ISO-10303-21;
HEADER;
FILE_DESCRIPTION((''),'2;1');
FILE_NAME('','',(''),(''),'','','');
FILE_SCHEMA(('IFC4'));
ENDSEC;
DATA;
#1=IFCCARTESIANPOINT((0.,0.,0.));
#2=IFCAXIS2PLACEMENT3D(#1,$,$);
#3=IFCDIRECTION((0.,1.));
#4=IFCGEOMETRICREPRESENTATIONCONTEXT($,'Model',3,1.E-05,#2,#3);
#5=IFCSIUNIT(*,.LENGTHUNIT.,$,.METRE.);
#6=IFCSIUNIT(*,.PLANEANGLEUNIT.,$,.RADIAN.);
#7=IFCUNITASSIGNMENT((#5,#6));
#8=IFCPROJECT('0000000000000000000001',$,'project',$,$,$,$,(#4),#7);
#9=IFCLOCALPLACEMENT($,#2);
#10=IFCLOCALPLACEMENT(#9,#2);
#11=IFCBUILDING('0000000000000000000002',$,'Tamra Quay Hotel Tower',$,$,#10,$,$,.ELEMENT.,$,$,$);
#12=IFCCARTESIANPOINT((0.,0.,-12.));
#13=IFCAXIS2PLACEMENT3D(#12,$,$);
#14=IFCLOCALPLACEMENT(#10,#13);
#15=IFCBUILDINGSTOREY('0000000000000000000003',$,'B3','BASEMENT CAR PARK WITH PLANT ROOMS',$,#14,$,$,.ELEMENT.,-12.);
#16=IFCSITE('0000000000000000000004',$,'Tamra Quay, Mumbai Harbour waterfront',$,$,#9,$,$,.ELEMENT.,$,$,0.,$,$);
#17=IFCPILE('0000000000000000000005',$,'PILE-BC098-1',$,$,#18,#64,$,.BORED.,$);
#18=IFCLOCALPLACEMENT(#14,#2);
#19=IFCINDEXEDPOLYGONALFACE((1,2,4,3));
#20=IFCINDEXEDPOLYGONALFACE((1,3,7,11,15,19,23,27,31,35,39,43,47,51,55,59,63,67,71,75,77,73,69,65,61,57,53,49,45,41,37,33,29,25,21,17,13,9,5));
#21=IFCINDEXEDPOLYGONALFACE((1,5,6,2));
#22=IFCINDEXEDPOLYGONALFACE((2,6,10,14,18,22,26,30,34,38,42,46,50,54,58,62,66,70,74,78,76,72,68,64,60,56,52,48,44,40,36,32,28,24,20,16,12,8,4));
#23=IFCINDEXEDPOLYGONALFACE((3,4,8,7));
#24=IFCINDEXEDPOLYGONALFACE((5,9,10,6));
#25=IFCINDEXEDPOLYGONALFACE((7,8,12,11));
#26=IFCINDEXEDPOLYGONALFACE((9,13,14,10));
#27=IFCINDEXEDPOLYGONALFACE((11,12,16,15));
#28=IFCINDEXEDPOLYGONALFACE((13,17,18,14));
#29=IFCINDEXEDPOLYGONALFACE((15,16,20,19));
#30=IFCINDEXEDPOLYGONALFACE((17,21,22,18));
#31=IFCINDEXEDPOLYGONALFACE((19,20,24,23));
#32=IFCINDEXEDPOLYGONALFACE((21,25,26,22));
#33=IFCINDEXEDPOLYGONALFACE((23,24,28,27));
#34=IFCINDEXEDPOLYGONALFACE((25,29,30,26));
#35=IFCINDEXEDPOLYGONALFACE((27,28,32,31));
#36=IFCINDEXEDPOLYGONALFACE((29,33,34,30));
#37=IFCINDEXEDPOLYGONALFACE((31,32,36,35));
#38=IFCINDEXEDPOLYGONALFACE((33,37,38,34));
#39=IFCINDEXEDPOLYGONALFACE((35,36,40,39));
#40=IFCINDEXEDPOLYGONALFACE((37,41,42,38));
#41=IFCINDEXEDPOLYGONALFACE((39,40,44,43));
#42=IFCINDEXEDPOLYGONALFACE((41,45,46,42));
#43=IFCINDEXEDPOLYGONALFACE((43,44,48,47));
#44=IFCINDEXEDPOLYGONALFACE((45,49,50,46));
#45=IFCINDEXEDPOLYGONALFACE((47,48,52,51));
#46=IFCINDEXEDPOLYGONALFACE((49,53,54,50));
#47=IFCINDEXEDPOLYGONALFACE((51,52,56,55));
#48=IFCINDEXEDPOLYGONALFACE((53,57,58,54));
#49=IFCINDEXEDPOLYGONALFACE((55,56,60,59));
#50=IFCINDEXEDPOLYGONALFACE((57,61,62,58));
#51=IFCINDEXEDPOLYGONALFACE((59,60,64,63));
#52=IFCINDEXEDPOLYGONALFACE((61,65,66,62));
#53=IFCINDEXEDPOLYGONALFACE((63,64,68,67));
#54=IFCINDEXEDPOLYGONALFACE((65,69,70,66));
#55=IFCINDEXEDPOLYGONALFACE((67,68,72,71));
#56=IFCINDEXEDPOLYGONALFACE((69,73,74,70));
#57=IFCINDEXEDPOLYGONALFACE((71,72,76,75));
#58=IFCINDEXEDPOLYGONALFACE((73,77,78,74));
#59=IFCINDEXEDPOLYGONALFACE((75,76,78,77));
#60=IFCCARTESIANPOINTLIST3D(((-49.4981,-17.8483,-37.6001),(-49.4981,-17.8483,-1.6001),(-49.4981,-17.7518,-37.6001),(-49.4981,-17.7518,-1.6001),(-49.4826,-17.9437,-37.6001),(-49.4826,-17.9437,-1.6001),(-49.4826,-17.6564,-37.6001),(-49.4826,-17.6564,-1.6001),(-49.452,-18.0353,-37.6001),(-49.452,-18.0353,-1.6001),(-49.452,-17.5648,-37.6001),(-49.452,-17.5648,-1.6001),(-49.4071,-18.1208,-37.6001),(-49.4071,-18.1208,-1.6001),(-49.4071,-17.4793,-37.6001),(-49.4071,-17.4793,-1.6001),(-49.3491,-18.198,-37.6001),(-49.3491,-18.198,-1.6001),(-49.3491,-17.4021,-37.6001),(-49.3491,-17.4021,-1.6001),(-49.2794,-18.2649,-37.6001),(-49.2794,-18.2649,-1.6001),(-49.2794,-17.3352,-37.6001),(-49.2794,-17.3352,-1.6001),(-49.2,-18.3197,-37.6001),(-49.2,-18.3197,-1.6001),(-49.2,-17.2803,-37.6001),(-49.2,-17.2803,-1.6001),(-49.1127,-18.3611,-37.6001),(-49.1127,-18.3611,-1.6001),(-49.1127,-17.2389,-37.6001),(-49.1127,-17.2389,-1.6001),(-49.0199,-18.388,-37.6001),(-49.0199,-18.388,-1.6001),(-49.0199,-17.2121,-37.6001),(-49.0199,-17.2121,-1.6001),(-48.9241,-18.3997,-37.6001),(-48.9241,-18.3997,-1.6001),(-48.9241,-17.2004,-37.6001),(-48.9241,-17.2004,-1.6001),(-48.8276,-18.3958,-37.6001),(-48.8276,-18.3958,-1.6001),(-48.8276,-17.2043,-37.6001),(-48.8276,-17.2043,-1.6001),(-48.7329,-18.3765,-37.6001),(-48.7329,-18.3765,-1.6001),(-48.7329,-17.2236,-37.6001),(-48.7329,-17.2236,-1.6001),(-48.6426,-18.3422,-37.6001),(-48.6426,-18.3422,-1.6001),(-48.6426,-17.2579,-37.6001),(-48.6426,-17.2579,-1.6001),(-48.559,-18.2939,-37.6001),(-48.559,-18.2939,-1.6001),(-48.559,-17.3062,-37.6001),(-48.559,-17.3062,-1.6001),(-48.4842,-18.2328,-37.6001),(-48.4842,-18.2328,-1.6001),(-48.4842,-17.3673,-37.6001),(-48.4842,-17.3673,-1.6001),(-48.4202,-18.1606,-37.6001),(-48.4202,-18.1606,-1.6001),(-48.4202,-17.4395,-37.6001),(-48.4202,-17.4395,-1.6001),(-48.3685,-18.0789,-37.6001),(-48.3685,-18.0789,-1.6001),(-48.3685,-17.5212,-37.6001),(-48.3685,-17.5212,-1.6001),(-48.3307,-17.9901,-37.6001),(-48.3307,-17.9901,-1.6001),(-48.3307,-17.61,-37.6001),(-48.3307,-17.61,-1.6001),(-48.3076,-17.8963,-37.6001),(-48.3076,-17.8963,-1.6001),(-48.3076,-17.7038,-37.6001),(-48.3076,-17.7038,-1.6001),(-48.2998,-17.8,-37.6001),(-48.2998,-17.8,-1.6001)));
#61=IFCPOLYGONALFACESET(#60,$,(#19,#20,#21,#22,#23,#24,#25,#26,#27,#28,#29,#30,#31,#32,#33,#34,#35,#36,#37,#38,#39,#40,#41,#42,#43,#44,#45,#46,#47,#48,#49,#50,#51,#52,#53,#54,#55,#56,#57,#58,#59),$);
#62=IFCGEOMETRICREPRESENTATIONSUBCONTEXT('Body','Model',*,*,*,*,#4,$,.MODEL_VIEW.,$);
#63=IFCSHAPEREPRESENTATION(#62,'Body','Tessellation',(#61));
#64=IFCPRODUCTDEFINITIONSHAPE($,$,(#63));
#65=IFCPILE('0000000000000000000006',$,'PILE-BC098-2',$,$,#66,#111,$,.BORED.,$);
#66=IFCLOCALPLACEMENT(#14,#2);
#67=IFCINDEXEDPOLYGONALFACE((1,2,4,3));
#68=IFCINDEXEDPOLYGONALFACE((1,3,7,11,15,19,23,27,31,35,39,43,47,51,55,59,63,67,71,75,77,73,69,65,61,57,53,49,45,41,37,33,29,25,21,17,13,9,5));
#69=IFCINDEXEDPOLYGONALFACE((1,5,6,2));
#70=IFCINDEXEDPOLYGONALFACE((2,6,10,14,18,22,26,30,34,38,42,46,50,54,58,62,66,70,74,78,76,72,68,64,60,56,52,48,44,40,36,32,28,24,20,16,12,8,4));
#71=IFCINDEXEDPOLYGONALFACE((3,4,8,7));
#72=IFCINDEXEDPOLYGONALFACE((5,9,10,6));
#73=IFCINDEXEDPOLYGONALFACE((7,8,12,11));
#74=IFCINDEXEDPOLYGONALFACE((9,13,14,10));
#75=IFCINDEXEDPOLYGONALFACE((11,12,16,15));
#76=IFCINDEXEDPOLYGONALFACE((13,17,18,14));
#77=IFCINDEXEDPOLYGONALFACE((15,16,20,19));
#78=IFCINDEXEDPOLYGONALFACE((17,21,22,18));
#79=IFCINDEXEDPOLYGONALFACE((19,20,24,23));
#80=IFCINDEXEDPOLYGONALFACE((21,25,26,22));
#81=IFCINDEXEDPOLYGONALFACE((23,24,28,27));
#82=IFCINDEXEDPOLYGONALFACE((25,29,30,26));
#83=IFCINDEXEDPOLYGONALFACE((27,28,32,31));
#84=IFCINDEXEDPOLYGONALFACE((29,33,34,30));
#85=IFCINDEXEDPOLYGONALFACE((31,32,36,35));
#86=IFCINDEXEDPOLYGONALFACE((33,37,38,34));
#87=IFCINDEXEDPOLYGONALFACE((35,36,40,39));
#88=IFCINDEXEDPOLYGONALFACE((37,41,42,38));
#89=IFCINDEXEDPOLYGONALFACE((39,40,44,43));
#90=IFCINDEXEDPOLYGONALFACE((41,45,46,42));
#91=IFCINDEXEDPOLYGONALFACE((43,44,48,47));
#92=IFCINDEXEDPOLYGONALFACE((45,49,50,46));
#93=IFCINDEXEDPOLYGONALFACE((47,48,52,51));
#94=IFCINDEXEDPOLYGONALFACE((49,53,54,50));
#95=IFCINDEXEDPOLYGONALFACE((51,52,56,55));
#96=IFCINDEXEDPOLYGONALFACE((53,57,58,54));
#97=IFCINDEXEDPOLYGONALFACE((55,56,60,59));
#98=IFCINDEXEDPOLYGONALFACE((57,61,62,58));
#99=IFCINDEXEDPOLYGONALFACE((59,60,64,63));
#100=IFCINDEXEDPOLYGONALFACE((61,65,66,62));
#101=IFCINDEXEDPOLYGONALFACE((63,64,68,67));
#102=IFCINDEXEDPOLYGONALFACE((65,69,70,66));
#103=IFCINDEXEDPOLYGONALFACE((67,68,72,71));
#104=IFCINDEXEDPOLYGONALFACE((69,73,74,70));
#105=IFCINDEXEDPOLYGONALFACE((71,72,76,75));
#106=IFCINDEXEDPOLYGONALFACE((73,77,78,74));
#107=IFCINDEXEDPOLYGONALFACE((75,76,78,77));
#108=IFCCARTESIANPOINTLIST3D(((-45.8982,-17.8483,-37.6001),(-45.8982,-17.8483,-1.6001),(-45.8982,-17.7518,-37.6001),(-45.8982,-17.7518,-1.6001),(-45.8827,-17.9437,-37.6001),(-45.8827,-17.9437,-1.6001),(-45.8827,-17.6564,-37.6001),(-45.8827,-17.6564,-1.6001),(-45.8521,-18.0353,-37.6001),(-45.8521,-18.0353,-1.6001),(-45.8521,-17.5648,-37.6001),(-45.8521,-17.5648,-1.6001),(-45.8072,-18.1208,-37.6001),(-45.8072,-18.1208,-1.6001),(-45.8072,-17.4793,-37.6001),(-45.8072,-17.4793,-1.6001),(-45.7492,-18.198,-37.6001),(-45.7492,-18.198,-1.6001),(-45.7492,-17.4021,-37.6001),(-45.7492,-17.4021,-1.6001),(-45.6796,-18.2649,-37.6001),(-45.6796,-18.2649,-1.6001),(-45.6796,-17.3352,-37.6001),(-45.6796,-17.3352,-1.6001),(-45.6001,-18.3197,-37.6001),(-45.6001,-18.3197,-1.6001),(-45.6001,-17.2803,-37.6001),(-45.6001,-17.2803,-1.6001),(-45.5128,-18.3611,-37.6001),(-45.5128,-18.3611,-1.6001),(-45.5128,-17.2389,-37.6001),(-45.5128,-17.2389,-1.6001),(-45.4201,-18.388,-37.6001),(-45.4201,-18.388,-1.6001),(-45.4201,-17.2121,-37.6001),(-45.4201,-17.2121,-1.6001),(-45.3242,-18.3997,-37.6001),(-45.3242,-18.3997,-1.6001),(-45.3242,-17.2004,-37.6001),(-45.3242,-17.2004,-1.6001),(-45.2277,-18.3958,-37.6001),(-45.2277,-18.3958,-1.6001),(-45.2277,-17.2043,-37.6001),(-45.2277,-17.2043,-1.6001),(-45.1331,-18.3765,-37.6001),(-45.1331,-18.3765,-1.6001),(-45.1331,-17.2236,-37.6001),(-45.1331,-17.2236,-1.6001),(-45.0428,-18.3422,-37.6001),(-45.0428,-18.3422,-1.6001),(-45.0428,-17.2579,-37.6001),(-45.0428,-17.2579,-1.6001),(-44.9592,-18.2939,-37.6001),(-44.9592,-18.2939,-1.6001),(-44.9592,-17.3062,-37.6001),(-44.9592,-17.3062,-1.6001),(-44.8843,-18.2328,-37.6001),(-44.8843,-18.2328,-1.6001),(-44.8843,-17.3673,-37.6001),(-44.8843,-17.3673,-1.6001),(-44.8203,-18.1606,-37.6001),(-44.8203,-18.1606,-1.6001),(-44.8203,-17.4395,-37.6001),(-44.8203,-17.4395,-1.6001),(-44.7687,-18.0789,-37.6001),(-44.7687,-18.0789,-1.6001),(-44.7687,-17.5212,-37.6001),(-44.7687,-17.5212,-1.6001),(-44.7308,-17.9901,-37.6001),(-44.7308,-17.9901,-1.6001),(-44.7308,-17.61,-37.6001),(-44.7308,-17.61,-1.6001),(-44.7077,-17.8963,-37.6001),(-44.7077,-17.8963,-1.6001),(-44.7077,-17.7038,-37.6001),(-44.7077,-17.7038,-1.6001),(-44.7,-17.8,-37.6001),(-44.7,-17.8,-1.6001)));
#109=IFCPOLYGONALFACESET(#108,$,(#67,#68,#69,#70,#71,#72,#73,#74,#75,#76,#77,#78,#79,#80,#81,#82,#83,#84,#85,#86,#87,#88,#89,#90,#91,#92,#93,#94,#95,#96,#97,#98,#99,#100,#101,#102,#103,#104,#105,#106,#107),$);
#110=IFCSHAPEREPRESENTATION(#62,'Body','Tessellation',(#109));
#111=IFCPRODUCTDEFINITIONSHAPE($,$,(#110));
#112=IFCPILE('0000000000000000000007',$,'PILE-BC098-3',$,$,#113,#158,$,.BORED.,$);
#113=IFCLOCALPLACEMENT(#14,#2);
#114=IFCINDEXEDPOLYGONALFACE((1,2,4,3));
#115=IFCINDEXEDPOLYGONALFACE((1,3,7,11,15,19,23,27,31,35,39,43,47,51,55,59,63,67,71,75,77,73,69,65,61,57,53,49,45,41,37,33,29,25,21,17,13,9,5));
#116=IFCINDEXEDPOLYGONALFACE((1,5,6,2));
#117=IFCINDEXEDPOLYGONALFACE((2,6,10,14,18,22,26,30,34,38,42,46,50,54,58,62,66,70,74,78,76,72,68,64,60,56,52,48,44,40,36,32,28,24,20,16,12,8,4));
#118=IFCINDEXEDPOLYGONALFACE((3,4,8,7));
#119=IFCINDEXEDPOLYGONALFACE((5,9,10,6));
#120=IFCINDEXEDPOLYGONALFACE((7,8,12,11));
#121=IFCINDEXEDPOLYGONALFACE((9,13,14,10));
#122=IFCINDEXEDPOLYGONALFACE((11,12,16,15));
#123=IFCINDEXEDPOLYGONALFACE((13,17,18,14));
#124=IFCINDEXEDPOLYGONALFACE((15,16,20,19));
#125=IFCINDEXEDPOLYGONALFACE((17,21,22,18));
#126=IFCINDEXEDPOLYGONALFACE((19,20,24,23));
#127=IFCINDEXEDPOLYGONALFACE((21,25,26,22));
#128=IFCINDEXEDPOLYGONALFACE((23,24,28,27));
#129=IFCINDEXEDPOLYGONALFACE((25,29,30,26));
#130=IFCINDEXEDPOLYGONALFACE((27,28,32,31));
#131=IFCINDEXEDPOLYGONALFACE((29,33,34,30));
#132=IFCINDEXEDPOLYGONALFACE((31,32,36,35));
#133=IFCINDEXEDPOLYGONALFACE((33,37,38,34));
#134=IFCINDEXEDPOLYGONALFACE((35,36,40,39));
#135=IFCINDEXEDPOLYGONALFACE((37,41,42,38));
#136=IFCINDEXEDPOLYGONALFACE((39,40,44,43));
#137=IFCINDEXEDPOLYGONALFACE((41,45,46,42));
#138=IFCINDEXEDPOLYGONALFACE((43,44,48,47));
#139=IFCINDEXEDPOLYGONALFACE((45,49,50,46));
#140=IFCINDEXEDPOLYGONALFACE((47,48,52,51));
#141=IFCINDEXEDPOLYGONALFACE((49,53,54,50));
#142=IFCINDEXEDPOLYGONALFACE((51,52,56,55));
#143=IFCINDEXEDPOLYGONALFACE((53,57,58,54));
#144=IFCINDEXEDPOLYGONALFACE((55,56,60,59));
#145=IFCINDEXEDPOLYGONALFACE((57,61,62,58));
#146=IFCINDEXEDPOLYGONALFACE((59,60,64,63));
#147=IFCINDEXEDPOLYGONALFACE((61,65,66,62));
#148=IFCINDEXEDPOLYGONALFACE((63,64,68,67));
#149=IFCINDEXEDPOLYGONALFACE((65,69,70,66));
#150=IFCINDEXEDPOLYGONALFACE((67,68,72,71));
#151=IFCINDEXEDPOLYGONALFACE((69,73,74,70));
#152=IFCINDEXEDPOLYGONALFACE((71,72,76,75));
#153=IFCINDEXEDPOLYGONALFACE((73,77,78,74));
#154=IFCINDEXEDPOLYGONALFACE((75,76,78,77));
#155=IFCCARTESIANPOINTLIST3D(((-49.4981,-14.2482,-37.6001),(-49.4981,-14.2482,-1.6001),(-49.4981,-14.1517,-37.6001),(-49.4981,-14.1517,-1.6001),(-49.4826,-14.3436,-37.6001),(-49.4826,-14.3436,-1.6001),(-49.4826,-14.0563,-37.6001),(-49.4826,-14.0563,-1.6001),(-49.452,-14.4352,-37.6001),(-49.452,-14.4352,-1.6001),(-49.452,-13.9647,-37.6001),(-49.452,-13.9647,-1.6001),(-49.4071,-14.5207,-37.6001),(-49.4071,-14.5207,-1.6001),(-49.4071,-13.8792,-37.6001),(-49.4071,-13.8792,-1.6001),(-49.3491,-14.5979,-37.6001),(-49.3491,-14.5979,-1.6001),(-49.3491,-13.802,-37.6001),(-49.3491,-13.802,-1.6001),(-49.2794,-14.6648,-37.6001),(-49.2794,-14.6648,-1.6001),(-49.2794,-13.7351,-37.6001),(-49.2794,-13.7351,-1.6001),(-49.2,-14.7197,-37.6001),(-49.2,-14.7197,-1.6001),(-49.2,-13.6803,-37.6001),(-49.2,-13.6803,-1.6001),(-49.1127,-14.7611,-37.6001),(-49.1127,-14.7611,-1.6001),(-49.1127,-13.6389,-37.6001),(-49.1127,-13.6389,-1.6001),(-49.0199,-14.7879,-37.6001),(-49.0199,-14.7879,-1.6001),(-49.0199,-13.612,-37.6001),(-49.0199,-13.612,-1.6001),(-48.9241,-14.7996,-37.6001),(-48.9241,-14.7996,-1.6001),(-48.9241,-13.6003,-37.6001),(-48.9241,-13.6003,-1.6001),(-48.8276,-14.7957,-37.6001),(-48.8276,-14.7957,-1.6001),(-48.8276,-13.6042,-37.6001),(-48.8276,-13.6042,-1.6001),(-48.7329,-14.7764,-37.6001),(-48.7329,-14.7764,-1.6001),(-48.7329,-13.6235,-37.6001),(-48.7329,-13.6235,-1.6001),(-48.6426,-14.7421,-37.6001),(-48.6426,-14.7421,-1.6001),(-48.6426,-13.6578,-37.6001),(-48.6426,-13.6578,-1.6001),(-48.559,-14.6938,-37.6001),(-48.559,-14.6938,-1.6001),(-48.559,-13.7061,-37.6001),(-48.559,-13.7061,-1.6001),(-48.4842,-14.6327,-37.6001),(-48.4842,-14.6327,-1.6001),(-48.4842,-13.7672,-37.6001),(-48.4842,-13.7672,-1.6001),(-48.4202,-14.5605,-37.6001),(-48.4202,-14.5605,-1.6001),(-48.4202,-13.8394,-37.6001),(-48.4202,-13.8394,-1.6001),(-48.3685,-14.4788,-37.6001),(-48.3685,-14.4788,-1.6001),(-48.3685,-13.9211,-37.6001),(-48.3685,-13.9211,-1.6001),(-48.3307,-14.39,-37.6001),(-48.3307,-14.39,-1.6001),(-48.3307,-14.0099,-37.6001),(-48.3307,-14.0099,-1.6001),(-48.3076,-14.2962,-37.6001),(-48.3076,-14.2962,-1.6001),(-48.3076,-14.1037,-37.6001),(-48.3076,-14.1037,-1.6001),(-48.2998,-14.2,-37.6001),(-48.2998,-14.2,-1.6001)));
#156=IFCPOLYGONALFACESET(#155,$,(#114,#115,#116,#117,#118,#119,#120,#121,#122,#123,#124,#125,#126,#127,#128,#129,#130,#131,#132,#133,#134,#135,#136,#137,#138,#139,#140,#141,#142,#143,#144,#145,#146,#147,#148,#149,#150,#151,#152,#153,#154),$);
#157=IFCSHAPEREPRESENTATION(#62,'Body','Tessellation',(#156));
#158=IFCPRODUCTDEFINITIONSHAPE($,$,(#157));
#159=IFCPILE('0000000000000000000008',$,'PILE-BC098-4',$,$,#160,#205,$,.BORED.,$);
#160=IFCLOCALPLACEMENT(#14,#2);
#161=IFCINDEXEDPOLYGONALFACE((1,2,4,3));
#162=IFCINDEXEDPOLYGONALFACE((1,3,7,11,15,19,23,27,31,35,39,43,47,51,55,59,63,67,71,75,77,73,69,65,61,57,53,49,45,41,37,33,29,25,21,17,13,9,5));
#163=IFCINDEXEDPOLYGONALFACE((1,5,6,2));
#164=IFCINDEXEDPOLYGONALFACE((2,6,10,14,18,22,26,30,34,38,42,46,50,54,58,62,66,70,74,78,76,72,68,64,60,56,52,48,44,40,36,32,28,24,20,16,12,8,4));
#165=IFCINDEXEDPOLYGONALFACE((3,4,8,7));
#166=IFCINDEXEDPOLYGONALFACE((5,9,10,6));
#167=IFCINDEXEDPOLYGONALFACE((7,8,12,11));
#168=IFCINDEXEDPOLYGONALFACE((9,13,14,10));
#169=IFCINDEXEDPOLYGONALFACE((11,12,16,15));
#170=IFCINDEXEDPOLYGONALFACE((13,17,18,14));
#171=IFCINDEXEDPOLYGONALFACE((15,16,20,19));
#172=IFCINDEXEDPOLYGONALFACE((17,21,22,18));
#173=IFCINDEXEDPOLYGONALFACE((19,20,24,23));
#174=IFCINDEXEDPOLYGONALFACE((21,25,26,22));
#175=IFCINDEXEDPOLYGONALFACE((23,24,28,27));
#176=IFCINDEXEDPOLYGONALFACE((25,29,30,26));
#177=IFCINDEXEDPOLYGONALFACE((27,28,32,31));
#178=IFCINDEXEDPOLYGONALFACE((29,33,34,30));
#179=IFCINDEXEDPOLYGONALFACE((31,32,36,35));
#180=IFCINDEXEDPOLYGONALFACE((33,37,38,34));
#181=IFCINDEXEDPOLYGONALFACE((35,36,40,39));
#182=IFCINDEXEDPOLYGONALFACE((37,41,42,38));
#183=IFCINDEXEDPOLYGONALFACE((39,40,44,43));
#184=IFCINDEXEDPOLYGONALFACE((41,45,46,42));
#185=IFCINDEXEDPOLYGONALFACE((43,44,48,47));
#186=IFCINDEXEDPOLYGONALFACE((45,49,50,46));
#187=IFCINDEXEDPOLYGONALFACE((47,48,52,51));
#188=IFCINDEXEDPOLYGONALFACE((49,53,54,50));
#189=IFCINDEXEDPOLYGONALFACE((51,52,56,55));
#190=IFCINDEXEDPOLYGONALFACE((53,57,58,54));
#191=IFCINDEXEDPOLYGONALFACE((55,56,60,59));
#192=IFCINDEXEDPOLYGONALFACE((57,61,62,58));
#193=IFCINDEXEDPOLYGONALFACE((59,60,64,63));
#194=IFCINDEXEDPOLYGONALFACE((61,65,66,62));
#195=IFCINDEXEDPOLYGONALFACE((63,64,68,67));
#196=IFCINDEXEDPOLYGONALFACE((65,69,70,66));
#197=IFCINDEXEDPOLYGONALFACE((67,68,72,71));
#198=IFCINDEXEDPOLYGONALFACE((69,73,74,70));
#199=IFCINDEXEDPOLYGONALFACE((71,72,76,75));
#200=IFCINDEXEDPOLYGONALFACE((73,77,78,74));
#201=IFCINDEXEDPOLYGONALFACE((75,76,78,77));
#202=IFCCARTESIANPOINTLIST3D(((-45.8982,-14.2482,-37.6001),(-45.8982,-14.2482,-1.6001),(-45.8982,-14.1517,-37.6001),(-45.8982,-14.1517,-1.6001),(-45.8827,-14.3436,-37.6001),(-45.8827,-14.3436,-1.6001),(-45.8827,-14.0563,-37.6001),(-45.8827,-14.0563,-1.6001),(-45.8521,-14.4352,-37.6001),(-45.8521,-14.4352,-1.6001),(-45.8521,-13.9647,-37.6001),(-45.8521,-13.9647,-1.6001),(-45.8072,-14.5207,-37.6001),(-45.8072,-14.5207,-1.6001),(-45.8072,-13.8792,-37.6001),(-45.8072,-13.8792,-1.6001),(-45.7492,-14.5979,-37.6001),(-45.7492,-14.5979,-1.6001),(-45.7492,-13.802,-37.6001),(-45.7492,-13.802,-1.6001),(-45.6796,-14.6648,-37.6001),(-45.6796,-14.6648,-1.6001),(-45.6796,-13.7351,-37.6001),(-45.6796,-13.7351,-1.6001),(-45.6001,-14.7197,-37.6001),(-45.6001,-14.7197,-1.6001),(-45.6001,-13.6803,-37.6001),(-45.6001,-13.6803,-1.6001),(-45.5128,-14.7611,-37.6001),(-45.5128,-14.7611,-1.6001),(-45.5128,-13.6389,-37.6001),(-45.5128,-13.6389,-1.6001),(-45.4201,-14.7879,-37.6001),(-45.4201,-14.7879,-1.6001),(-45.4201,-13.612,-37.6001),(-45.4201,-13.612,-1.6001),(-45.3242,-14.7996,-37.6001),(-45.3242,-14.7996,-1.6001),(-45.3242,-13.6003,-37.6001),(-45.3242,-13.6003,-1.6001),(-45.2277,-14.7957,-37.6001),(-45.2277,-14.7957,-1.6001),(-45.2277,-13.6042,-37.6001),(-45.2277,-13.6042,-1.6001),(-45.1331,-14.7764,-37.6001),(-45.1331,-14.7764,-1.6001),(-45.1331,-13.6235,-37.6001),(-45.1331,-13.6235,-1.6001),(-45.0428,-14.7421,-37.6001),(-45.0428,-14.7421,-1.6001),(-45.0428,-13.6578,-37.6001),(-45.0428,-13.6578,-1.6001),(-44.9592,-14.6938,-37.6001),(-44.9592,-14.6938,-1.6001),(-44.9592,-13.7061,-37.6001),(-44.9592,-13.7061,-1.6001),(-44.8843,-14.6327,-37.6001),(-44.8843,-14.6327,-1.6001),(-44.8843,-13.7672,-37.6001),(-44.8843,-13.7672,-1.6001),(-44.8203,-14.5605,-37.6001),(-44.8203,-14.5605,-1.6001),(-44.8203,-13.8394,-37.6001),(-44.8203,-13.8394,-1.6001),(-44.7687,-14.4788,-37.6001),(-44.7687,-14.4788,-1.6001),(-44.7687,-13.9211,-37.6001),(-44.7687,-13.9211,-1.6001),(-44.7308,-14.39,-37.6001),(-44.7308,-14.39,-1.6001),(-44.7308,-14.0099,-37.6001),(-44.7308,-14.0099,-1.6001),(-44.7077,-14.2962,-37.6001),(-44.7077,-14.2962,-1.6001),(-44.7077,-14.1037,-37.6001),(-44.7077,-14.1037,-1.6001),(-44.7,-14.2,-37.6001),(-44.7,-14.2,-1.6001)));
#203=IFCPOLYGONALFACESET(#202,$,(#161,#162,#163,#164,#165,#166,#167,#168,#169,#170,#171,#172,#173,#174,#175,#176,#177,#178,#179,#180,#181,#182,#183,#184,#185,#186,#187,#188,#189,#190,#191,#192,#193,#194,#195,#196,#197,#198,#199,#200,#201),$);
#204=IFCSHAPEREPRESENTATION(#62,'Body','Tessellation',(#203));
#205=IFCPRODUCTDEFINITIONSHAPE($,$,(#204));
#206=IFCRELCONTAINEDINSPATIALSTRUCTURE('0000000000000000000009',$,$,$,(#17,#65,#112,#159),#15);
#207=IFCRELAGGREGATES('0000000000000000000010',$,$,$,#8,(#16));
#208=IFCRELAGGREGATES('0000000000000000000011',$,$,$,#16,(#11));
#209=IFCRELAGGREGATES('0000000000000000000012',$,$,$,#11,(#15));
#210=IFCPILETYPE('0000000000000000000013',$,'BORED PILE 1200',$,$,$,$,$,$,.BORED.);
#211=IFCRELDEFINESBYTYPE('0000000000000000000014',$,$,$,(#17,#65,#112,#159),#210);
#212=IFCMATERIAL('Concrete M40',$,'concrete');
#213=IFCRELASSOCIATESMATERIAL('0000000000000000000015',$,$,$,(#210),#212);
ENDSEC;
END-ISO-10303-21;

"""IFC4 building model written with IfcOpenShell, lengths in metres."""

from ifc_helpers import new_model, si_unit, direction, frame, origin, origin_2d, place, context, subcontext, project, spatial, circle, extrude, material, material_profile, profile_set, type_object, element, save


model = new_model("IFC4")

# Units and contexts
model_context = context("Model", 3, precision=1e-05, world=origin(), true_north=direction((0.0, 1.0)))
body_context = subcontext(model_context, "Body", "Model", "MODEL_VIEW")
ifc_project = project(units=[si_unit("LENGTHUNIT", "METRE"), si_unit("PLANEANGLEUNIT", "RADIAN")], contexts=[model_context])

# Site, building, storey
site_placement = place(None, origin())
site = spatial("IfcSite", under=ifc_project, at=site_placement, Name="Tamra Quay, Mumbai Harbour waterfront", CompositionType="ELEMENT", RefElevation=0.0)
building_placement = place(site_placement, origin())
building = spatial("IfcBuilding", under=site, at=building_placement, Name="Tamra Quay Hotel Tower", CompositionType="ELEMENT")
storey_placement = place(building_placement, frame((0.0, 0.0, -12.0)))
storey = spatial("IfcBuildingStorey", under=building, at=storey_placement, Name="B3", Description="BASEMENT CAR PARK WITH PLANT ROOMS", CompositionType="ELEMENT", Elevation=-12.0)

# Piles
ifc_material_1 = material(Name="Concrete M40", Category="concrete")
ifc_material_profile_1 = material_profile(ifc_material_1, circle(Radius=0.6001, at=origin_2d()), Name="BORED PILE 1200")
ifc_profile_set_1 = profile_set([ifc_material_profile_1], Name="Concrete M40")
pile_type_1 = type_object("IfcPileType", Name="BORED PILE 1200", PredefinedType="BORED", material=ifc_profile_set_1)
for number, where, z_axis, x_axis, name in (
    (1, (-48.8999, -17.8, -1.6001), (0.0, 0.0, -1.0), (1.0, 0.0, 0.0), "PILE-BC098-1"),
    (2, (-45.3, -17.8, -1.6001), (0.0, 0.0, -1.0), (1.0, 0.0, 0.0), "PILE-BC098-2"),
    (3, (-48.8999, -14.2, -1.6001), (0.0, 0.0, -1.0), (1.0, 0.0, 0.0), "PILE-BC098-3"),
    (4, (-45.3, -14.2, -1.6001), (0.0, 0.0, -1.0), (1.0, 0.0, 0.0), "PILE-BC098-4"),
):
    element("IfcPile", number, at=place(storey_placement, frame(where, z_axis=z_axis, x_axis=x_axis)), inside=storey, type_object=pile_type_1, Name=name, PredefinedType="BORED", context=body_context, shape_type="SweptSolid", body=[
        extrude(circle(Radius=0.6001, at=origin_2d()), origin(), (0.0, 0.0, 1.0), 36.0),
    ])

save(model, "model.ifc")
